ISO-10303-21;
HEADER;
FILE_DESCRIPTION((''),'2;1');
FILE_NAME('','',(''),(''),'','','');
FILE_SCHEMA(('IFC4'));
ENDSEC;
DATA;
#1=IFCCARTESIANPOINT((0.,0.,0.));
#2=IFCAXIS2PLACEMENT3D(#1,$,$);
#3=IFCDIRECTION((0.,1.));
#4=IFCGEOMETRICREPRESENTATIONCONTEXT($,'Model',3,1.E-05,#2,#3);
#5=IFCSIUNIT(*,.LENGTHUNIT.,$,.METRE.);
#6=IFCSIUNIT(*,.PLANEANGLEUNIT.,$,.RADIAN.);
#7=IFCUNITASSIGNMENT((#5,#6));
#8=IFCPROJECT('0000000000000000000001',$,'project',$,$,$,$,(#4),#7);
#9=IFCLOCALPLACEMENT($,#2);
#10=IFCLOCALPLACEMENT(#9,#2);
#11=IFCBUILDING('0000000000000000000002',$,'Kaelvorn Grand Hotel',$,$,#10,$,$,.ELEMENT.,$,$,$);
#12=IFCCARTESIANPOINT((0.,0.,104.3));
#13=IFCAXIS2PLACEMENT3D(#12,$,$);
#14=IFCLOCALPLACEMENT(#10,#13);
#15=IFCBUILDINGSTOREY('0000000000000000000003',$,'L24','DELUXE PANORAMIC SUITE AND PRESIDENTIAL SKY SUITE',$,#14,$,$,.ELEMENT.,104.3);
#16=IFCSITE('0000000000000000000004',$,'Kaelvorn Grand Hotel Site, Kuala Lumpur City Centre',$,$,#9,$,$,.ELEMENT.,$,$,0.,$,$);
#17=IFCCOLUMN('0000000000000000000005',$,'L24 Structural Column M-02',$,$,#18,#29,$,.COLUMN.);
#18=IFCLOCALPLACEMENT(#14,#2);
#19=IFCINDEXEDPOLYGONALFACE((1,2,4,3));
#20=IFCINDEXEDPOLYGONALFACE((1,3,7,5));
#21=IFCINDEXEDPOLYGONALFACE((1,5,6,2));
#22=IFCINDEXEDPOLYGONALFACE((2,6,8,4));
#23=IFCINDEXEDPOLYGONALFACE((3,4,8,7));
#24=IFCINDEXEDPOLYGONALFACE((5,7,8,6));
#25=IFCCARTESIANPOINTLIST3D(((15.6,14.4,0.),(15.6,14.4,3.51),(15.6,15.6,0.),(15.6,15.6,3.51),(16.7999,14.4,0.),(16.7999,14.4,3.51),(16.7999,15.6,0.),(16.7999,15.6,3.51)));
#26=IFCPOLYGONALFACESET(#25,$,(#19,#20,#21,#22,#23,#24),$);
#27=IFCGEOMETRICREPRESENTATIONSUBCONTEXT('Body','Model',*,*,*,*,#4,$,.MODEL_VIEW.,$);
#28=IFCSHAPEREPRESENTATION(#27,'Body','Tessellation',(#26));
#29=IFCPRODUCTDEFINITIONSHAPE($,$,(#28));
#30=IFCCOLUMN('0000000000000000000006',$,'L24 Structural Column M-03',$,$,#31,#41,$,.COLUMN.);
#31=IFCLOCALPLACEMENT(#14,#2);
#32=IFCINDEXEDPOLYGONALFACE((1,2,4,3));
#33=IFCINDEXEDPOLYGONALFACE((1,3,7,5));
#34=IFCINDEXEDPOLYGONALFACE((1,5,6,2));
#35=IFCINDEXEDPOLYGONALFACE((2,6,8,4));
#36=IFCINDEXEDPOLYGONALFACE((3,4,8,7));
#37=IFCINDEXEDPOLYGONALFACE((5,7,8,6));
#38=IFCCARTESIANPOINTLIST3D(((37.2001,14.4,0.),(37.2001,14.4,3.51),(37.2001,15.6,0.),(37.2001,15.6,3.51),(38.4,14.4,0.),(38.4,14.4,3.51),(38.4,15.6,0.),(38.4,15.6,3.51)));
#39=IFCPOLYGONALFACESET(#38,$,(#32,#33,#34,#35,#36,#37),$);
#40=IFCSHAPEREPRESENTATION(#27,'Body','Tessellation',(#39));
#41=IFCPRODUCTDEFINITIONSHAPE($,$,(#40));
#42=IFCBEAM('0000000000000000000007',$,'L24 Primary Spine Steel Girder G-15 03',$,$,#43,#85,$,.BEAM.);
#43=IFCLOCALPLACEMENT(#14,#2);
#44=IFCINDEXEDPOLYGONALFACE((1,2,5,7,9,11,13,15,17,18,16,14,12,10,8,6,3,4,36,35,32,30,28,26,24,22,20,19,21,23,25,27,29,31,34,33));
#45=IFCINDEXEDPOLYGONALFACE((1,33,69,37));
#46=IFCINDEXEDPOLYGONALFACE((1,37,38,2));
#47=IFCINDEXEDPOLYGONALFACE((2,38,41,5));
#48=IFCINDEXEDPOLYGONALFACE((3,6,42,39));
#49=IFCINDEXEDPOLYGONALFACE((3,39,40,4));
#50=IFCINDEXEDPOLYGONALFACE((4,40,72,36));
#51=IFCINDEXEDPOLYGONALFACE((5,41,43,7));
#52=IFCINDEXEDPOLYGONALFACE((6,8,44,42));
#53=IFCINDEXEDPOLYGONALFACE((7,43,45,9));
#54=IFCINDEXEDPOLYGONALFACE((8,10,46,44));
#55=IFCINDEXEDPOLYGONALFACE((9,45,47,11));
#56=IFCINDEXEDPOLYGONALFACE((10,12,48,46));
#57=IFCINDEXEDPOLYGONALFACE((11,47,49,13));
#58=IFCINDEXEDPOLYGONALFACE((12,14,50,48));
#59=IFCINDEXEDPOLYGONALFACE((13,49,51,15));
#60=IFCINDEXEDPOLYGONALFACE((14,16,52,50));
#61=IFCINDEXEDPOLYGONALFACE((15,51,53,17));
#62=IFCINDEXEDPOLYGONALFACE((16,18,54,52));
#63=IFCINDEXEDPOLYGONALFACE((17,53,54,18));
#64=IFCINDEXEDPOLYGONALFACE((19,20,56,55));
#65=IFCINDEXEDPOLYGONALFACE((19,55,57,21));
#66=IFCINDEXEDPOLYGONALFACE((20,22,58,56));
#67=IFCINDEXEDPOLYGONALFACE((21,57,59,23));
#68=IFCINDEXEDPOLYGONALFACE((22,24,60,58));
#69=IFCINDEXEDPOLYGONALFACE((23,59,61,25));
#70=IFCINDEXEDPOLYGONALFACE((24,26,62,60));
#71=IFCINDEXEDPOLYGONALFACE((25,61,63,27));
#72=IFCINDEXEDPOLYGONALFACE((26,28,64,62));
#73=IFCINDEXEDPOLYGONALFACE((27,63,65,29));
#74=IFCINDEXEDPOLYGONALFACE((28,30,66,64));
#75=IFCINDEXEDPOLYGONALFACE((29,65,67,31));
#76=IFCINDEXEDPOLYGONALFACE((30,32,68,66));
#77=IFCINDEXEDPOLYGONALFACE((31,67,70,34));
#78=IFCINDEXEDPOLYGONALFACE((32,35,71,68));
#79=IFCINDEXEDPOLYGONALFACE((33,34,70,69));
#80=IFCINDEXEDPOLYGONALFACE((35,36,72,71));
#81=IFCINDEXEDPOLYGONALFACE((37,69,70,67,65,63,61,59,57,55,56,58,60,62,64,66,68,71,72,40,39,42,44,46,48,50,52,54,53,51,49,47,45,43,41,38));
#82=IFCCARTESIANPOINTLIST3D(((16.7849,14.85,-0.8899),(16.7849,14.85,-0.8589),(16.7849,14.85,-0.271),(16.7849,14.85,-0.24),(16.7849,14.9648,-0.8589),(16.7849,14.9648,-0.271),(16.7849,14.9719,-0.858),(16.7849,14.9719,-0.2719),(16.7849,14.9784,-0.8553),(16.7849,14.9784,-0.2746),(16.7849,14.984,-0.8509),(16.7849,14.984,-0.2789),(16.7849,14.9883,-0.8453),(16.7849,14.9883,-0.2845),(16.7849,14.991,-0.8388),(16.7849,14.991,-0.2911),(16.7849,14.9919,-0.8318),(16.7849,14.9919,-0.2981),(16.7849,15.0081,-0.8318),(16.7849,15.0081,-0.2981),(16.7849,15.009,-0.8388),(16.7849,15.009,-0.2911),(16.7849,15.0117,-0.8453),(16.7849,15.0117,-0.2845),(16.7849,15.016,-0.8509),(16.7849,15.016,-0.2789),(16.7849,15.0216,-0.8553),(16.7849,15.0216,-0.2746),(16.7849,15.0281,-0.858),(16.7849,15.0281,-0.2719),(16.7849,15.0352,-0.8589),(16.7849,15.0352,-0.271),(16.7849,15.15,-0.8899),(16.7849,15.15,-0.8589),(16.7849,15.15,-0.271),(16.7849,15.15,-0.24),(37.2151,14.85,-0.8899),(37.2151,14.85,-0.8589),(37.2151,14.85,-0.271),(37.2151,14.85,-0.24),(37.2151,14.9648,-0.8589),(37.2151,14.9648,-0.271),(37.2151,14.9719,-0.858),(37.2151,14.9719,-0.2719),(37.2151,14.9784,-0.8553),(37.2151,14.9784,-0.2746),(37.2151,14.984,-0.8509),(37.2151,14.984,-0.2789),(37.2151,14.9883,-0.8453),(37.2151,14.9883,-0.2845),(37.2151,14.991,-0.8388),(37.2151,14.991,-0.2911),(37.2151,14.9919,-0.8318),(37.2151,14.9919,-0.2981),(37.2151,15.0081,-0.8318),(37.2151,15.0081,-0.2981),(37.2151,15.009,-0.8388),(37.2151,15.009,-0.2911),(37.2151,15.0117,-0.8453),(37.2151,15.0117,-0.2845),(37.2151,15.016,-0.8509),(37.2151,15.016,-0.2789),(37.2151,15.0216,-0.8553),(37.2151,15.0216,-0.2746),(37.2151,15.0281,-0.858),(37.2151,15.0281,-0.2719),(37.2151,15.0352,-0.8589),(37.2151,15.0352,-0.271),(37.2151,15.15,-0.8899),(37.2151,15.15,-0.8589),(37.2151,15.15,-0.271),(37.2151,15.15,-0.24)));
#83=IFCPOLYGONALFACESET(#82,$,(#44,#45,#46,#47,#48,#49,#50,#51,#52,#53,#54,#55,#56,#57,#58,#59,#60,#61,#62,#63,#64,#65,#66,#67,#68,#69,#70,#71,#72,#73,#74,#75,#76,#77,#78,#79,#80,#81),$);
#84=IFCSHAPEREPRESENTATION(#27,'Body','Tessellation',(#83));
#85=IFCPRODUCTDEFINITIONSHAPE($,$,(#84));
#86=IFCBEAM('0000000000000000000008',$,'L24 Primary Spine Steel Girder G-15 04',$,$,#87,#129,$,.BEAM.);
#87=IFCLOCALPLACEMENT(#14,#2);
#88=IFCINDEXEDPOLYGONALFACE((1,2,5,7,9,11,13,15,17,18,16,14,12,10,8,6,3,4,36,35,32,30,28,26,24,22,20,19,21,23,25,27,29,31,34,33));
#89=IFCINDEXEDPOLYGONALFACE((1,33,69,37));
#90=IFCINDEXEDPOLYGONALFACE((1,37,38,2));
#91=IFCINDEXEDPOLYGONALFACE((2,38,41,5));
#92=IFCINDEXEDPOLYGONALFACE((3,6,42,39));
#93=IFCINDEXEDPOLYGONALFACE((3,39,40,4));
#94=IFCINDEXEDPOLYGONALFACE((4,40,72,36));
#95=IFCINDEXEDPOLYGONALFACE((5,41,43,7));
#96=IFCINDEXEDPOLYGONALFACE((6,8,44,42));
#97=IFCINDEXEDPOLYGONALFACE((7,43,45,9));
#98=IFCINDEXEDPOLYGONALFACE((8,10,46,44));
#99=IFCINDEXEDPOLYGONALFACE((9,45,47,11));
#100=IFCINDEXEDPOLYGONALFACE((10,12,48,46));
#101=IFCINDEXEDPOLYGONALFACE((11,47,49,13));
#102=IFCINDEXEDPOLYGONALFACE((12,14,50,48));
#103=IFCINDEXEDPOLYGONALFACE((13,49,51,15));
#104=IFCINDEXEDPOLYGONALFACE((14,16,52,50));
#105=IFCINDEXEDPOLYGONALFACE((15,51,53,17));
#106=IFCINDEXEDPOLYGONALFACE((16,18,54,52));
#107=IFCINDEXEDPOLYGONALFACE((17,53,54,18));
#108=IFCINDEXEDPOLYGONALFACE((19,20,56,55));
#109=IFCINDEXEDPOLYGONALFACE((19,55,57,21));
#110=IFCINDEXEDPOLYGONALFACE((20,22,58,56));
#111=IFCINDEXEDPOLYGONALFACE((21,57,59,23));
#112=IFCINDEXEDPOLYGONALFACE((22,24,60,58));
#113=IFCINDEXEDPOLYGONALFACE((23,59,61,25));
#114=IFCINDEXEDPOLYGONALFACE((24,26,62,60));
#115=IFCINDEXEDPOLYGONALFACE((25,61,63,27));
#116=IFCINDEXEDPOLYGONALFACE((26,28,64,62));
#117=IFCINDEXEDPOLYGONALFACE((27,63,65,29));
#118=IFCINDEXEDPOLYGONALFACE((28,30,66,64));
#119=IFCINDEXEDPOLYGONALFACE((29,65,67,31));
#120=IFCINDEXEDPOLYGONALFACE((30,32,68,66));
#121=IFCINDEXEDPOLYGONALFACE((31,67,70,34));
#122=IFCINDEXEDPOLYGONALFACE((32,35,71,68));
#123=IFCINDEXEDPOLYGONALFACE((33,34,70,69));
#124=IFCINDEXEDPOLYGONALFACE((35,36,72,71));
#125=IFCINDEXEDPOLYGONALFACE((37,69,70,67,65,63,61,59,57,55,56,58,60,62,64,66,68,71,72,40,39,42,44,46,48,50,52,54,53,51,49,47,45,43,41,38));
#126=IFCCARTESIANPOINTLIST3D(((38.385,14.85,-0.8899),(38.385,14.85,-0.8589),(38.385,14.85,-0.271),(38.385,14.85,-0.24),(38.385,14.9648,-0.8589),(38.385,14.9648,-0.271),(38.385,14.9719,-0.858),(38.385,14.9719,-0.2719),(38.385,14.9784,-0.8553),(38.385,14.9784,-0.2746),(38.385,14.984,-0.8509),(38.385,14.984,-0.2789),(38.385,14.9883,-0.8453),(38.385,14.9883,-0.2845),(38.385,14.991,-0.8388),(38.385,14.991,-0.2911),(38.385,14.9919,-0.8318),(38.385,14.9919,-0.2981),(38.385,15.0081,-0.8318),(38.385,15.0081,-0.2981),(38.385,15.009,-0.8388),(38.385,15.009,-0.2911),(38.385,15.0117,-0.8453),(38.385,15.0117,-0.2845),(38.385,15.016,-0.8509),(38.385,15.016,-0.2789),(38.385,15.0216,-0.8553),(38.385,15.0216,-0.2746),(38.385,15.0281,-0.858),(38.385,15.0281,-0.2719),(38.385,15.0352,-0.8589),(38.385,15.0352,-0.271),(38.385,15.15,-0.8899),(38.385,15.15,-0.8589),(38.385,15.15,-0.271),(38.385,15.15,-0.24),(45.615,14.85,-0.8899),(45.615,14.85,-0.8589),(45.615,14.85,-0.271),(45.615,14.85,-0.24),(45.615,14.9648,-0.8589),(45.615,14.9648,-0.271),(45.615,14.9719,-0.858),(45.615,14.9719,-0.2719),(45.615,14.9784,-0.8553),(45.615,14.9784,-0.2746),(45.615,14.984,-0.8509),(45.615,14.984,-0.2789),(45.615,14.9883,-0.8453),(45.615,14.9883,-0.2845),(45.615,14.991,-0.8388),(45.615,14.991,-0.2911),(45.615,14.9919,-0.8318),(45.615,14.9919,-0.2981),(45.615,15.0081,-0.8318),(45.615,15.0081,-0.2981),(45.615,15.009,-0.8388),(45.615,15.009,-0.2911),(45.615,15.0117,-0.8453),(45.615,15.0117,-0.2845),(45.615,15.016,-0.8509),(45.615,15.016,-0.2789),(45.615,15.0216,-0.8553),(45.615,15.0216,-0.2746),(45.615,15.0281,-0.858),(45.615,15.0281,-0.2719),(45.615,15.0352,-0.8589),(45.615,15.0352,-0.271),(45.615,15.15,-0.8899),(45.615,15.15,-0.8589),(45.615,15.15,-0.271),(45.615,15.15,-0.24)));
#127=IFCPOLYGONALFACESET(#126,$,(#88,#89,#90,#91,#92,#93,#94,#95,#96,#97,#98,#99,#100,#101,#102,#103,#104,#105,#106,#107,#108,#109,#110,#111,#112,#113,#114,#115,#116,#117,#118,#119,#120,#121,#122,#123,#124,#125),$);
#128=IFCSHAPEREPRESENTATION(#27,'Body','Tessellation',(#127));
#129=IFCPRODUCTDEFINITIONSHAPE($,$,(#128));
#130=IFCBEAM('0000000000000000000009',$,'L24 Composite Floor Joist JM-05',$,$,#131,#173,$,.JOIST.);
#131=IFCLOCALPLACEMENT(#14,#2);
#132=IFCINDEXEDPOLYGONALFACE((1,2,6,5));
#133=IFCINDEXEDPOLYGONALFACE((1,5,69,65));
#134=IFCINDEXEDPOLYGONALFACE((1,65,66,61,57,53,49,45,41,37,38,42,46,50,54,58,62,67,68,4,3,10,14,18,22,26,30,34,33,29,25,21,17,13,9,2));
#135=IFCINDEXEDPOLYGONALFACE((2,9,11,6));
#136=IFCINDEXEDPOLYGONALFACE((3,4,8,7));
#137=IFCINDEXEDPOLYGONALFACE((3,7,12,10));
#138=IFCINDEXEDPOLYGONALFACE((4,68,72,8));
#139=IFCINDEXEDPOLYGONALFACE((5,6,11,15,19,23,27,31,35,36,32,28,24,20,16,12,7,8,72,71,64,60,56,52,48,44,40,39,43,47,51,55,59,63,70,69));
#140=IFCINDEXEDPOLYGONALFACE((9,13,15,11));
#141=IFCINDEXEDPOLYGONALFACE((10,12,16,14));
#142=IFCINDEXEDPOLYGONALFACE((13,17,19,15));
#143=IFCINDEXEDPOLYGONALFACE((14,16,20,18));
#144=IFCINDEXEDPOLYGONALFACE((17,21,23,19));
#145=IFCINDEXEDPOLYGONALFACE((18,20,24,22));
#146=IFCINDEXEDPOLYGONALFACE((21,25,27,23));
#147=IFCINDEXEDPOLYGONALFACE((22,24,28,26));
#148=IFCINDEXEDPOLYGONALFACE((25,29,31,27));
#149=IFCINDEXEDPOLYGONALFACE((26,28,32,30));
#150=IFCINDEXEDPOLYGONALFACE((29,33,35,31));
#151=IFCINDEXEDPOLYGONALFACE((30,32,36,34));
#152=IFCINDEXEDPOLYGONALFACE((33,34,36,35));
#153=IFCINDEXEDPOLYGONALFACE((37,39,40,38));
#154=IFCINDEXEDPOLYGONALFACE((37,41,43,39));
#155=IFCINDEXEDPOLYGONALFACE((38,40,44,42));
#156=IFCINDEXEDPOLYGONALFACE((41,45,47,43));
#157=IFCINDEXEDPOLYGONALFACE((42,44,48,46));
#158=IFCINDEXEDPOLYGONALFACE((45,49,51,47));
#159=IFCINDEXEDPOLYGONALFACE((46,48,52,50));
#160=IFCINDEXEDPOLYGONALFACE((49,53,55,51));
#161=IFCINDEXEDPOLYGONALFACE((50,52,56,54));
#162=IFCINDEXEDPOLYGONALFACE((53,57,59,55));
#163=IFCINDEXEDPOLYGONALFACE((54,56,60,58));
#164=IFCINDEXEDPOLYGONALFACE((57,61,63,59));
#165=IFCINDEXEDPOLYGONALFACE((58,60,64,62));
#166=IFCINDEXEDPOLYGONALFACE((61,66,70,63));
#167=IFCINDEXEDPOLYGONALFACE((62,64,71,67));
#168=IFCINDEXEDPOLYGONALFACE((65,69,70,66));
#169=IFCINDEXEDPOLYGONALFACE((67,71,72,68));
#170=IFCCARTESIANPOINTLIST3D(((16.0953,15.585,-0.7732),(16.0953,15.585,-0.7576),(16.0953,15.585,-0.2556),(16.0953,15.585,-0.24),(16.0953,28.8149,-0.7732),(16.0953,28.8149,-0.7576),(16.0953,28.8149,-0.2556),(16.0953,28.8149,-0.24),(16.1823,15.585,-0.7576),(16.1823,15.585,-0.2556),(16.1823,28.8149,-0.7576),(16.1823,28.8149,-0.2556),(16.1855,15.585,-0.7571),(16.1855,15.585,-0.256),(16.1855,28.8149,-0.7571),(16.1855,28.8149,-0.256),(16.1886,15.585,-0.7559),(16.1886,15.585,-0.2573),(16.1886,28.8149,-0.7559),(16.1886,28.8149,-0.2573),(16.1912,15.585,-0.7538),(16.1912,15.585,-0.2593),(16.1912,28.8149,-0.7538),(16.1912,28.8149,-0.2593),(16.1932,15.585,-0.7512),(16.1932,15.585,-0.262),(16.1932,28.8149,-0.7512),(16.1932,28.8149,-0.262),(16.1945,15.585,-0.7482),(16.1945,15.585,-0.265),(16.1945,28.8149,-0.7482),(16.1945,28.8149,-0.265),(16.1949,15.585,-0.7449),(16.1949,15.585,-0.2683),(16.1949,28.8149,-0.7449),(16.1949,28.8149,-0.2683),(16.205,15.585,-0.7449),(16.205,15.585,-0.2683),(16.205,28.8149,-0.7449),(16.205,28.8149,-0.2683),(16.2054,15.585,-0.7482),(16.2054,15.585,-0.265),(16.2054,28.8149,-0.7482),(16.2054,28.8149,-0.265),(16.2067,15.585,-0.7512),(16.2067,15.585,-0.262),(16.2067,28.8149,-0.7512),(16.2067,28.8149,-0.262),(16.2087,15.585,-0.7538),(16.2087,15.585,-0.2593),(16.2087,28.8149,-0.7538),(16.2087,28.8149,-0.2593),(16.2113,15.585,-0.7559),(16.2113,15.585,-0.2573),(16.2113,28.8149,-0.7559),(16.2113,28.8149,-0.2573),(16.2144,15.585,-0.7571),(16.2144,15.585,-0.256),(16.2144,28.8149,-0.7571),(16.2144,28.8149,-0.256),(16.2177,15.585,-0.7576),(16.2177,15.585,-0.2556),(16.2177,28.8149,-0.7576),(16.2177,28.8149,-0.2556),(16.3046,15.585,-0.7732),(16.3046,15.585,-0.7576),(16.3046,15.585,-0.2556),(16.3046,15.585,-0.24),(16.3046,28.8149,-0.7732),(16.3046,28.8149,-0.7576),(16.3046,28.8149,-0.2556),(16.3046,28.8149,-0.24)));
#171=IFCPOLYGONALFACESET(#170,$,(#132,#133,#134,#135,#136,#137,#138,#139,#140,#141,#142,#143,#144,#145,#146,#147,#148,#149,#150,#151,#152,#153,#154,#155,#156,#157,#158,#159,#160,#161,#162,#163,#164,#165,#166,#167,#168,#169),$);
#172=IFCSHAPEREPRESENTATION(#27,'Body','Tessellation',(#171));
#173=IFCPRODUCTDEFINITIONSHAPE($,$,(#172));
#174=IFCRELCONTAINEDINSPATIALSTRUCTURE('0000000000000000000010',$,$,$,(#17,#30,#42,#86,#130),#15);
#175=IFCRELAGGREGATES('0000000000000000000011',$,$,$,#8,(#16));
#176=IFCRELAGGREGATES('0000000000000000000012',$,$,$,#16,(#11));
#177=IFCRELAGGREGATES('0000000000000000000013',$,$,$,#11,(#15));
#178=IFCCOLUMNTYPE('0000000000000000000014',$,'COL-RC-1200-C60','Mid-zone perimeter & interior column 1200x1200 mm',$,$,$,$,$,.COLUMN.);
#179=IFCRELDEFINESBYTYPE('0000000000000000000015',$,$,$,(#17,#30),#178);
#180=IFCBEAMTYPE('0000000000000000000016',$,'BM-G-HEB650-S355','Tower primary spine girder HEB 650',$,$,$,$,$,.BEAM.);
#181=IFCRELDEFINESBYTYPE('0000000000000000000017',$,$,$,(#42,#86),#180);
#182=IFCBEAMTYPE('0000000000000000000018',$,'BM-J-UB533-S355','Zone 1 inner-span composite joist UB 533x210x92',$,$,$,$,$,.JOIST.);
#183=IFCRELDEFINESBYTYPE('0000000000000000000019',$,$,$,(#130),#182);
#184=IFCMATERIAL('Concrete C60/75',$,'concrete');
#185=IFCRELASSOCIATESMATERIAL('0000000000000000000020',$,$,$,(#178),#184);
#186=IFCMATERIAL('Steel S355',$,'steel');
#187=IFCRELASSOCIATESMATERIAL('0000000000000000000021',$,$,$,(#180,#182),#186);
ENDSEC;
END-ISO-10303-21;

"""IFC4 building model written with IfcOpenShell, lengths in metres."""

from ifc_helpers import new_model, si_unit, direction, frame, origin, origin_2d, place, context, subcontext, project, spatial, rectangle, i_section, extrude, material, material_profile, profile_set, type_object, element, save


model = new_model("IFC4")

# Units and contexts
model_context = context("Model", 3, precision=1e-05, world=origin(), true_north=direction((0.0, 1.0)))
body_context = subcontext(model_context, "Body", "Model", "MODEL_VIEW")
ifc_project = project(units=[si_unit("LENGTHUNIT", "METRE"), si_unit("PLANEANGLEUNIT", "RADIAN")], contexts=[model_context])

# Site, building, storey
site_placement = place(None, origin())
site = spatial("IfcSite", under=ifc_project, at=site_placement, Name="Kaelvorn Grand Hotel Site, Kuala Lumpur City Centre", CompositionType="ELEMENT", RefElevation=0.0)
building_placement = place(site_placement, origin())
building = spatial("IfcBuilding", under=site, at=building_placement, Name="Kaelvorn Grand Hotel", CompositionType="ELEMENT")
storey_placement = place(building_placement, frame((0.0, 0.0, 104.3)))
storey = spatial("IfcBuildingStorey", under=building, at=storey_placement, Name="L24", Description="DELUXE PANORAMIC SUITE AND PRESIDENTIAL SKY SUITE", CompositionType="ELEMENT", Elevation=104.3)

# Columns
ifc_material_1 = material(Name="Concrete C60/75", Category="concrete")
ifc_material_profile_1 = material_profile(ifc_material_1, rectangle(XDim=1.2, YDim=1.2, at=origin_2d()), Name="RC COL 1200x1200")
ifc_profile_set_1 = profile_set([ifc_material_profile_1], Name="Concrete C60/75")
column_type = type_object("IfcColumnType", Name="COL-RC-1200-C60", Description="Mid-zone perimeter & interior column 1200x1200 mm", PredefinedType="COLUMN", material=ifc_profile_set_1)
for number, where, z_axis, x_axis, name in (
    (1, (16.2, 15.0, 0.0), (0.0, 0.0, 1.0), (1.0, 0.0, 0.0), "L24 Structural Column M-02"),
    (2, (37.8, 15.0, 0.0), (0.0, 0.0, 1.0), (1.0, 0.0, 0.0), "L24 Structural Column M-03"),
):
    element("IfcColumn", number, at=place(storey_placement, frame(where, z_axis=z_axis, x_axis=x_axis)), inside=storey, type_object=column_type, Name=name, PredefinedType="COLUMN", context=body_context, shape_type="SweptSolid", body=[
        extrude(rectangle(XDim=1.2, YDim=1.2, at=origin_2d()), origin(), (0.0, 0.0, 1.0), 3.51),
    ])

# Beams
ifc_material_2 = material(Name="Steel S355", Category="steel")
ifc_material_profile_2 = material_profile(ifc_material_2, i_section(OverallWidth=0.3, OverallDepth=0.6499, WebThickness=0.0161, FlangeThickness=0.031, FilletRadius=0.0271, at=origin_2d()), Name="HEB 650")
ifc_profile_set_2 = profile_set([ifc_material_profile_2], Name="Steel S355")
beam_type_1 = type_object("IfcBeamType", Name="BM-G-HEB650-S355", Description="Tower primary spine girder HEB 650", PredefinedType="BEAM", material=ifc_profile_set_2)
beam_1_placement = place(storey_placement, frame((16.7849, 15.0, -0.5649), z_axis=(1.0, 0.0, 0.0), x_axis=(0.0, 1.0, 0.0)))
element("IfcBeam", 3, at=beam_1_placement, inside=storey, type_object=beam_type_1, Name="L24 Primary Spine Steel Girder G-15 03", PredefinedType="BEAM", context=body_context, shape_type="SweptSolid", body=[
    extrude(i_section(OverallWidth=0.3, OverallDepth=0.6499, WebThickness=0.0161, FlangeThickness=0.031, FilletRadius=0.0271, at=origin_2d()), origin(), (0.0, 0.0, 1.0), 20.4302),
])
beam_2_placement = place(storey_placement, frame((38.385, 15.0, -0.5649), z_axis=(1.0, 0.0, 0.0), x_axis=(0.0, 1.0, 0.0)))
element("IfcBeam", 4, at=beam_2_placement, inside=storey, type_object=beam_type_1, Name="L24 Primary Spine Steel Girder G-15 04", PredefinedType="BEAM", context=body_context, shape_type="SweptSolid", body=[
    extrude(i_section(OverallWidth=0.3, OverallDepth=0.6499, WebThickness=0.0161, FlangeThickness=0.031, FilletRadius=0.0271, at=origin_2d()), origin(), (0.0, 0.0, 1.0), 7.23),
])
ifc_material_profile_3 = material_profile(ifc_material_2, i_section(OverallWidth=0.2092, OverallDepth=0.5332, WebThickness=0.01, FlangeThickness=0.0156, FilletRadius=0.0127, at=origin_2d()), Name="UB 533x210x92")
ifc_profile_set_3 = profile_set([ifc_material_profile_3], Name="Steel S355")
beam_type_2 = type_object("IfcBeamType", Name="BM-J-UB533-S355", Description="Zone 1 inner-span composite joist UB 533x210x92", PredefinedType="JOIST", material=ifc_profile_set_3)
beam_3_placement = place(storey_placement, frame((16.2, 15.585, -0.5066), z_axis=(0.0, 1.0, 0.0), x_axis=(-1.0, 0.0, 0.0)))
element("IfcBeam", 5, at=beam_3_placement, inside=storey, type_object=beam_type_2, Name="L24 Composite Floor Joist JM-05", PredefinedType="JOIST", context=body_context, shape_type="SweptSolid", body=[
    extrude(i_section(OverallWidth=0.2092, OverallDepth=0.5332, WebThickness=0.01, FlangeThickness=0.0156, FilletRadius=0.0127, at=origin_2d()), origin(), (0.0, 0.0, 1.0), 13.23),
])

save(model, "model.ifc")
